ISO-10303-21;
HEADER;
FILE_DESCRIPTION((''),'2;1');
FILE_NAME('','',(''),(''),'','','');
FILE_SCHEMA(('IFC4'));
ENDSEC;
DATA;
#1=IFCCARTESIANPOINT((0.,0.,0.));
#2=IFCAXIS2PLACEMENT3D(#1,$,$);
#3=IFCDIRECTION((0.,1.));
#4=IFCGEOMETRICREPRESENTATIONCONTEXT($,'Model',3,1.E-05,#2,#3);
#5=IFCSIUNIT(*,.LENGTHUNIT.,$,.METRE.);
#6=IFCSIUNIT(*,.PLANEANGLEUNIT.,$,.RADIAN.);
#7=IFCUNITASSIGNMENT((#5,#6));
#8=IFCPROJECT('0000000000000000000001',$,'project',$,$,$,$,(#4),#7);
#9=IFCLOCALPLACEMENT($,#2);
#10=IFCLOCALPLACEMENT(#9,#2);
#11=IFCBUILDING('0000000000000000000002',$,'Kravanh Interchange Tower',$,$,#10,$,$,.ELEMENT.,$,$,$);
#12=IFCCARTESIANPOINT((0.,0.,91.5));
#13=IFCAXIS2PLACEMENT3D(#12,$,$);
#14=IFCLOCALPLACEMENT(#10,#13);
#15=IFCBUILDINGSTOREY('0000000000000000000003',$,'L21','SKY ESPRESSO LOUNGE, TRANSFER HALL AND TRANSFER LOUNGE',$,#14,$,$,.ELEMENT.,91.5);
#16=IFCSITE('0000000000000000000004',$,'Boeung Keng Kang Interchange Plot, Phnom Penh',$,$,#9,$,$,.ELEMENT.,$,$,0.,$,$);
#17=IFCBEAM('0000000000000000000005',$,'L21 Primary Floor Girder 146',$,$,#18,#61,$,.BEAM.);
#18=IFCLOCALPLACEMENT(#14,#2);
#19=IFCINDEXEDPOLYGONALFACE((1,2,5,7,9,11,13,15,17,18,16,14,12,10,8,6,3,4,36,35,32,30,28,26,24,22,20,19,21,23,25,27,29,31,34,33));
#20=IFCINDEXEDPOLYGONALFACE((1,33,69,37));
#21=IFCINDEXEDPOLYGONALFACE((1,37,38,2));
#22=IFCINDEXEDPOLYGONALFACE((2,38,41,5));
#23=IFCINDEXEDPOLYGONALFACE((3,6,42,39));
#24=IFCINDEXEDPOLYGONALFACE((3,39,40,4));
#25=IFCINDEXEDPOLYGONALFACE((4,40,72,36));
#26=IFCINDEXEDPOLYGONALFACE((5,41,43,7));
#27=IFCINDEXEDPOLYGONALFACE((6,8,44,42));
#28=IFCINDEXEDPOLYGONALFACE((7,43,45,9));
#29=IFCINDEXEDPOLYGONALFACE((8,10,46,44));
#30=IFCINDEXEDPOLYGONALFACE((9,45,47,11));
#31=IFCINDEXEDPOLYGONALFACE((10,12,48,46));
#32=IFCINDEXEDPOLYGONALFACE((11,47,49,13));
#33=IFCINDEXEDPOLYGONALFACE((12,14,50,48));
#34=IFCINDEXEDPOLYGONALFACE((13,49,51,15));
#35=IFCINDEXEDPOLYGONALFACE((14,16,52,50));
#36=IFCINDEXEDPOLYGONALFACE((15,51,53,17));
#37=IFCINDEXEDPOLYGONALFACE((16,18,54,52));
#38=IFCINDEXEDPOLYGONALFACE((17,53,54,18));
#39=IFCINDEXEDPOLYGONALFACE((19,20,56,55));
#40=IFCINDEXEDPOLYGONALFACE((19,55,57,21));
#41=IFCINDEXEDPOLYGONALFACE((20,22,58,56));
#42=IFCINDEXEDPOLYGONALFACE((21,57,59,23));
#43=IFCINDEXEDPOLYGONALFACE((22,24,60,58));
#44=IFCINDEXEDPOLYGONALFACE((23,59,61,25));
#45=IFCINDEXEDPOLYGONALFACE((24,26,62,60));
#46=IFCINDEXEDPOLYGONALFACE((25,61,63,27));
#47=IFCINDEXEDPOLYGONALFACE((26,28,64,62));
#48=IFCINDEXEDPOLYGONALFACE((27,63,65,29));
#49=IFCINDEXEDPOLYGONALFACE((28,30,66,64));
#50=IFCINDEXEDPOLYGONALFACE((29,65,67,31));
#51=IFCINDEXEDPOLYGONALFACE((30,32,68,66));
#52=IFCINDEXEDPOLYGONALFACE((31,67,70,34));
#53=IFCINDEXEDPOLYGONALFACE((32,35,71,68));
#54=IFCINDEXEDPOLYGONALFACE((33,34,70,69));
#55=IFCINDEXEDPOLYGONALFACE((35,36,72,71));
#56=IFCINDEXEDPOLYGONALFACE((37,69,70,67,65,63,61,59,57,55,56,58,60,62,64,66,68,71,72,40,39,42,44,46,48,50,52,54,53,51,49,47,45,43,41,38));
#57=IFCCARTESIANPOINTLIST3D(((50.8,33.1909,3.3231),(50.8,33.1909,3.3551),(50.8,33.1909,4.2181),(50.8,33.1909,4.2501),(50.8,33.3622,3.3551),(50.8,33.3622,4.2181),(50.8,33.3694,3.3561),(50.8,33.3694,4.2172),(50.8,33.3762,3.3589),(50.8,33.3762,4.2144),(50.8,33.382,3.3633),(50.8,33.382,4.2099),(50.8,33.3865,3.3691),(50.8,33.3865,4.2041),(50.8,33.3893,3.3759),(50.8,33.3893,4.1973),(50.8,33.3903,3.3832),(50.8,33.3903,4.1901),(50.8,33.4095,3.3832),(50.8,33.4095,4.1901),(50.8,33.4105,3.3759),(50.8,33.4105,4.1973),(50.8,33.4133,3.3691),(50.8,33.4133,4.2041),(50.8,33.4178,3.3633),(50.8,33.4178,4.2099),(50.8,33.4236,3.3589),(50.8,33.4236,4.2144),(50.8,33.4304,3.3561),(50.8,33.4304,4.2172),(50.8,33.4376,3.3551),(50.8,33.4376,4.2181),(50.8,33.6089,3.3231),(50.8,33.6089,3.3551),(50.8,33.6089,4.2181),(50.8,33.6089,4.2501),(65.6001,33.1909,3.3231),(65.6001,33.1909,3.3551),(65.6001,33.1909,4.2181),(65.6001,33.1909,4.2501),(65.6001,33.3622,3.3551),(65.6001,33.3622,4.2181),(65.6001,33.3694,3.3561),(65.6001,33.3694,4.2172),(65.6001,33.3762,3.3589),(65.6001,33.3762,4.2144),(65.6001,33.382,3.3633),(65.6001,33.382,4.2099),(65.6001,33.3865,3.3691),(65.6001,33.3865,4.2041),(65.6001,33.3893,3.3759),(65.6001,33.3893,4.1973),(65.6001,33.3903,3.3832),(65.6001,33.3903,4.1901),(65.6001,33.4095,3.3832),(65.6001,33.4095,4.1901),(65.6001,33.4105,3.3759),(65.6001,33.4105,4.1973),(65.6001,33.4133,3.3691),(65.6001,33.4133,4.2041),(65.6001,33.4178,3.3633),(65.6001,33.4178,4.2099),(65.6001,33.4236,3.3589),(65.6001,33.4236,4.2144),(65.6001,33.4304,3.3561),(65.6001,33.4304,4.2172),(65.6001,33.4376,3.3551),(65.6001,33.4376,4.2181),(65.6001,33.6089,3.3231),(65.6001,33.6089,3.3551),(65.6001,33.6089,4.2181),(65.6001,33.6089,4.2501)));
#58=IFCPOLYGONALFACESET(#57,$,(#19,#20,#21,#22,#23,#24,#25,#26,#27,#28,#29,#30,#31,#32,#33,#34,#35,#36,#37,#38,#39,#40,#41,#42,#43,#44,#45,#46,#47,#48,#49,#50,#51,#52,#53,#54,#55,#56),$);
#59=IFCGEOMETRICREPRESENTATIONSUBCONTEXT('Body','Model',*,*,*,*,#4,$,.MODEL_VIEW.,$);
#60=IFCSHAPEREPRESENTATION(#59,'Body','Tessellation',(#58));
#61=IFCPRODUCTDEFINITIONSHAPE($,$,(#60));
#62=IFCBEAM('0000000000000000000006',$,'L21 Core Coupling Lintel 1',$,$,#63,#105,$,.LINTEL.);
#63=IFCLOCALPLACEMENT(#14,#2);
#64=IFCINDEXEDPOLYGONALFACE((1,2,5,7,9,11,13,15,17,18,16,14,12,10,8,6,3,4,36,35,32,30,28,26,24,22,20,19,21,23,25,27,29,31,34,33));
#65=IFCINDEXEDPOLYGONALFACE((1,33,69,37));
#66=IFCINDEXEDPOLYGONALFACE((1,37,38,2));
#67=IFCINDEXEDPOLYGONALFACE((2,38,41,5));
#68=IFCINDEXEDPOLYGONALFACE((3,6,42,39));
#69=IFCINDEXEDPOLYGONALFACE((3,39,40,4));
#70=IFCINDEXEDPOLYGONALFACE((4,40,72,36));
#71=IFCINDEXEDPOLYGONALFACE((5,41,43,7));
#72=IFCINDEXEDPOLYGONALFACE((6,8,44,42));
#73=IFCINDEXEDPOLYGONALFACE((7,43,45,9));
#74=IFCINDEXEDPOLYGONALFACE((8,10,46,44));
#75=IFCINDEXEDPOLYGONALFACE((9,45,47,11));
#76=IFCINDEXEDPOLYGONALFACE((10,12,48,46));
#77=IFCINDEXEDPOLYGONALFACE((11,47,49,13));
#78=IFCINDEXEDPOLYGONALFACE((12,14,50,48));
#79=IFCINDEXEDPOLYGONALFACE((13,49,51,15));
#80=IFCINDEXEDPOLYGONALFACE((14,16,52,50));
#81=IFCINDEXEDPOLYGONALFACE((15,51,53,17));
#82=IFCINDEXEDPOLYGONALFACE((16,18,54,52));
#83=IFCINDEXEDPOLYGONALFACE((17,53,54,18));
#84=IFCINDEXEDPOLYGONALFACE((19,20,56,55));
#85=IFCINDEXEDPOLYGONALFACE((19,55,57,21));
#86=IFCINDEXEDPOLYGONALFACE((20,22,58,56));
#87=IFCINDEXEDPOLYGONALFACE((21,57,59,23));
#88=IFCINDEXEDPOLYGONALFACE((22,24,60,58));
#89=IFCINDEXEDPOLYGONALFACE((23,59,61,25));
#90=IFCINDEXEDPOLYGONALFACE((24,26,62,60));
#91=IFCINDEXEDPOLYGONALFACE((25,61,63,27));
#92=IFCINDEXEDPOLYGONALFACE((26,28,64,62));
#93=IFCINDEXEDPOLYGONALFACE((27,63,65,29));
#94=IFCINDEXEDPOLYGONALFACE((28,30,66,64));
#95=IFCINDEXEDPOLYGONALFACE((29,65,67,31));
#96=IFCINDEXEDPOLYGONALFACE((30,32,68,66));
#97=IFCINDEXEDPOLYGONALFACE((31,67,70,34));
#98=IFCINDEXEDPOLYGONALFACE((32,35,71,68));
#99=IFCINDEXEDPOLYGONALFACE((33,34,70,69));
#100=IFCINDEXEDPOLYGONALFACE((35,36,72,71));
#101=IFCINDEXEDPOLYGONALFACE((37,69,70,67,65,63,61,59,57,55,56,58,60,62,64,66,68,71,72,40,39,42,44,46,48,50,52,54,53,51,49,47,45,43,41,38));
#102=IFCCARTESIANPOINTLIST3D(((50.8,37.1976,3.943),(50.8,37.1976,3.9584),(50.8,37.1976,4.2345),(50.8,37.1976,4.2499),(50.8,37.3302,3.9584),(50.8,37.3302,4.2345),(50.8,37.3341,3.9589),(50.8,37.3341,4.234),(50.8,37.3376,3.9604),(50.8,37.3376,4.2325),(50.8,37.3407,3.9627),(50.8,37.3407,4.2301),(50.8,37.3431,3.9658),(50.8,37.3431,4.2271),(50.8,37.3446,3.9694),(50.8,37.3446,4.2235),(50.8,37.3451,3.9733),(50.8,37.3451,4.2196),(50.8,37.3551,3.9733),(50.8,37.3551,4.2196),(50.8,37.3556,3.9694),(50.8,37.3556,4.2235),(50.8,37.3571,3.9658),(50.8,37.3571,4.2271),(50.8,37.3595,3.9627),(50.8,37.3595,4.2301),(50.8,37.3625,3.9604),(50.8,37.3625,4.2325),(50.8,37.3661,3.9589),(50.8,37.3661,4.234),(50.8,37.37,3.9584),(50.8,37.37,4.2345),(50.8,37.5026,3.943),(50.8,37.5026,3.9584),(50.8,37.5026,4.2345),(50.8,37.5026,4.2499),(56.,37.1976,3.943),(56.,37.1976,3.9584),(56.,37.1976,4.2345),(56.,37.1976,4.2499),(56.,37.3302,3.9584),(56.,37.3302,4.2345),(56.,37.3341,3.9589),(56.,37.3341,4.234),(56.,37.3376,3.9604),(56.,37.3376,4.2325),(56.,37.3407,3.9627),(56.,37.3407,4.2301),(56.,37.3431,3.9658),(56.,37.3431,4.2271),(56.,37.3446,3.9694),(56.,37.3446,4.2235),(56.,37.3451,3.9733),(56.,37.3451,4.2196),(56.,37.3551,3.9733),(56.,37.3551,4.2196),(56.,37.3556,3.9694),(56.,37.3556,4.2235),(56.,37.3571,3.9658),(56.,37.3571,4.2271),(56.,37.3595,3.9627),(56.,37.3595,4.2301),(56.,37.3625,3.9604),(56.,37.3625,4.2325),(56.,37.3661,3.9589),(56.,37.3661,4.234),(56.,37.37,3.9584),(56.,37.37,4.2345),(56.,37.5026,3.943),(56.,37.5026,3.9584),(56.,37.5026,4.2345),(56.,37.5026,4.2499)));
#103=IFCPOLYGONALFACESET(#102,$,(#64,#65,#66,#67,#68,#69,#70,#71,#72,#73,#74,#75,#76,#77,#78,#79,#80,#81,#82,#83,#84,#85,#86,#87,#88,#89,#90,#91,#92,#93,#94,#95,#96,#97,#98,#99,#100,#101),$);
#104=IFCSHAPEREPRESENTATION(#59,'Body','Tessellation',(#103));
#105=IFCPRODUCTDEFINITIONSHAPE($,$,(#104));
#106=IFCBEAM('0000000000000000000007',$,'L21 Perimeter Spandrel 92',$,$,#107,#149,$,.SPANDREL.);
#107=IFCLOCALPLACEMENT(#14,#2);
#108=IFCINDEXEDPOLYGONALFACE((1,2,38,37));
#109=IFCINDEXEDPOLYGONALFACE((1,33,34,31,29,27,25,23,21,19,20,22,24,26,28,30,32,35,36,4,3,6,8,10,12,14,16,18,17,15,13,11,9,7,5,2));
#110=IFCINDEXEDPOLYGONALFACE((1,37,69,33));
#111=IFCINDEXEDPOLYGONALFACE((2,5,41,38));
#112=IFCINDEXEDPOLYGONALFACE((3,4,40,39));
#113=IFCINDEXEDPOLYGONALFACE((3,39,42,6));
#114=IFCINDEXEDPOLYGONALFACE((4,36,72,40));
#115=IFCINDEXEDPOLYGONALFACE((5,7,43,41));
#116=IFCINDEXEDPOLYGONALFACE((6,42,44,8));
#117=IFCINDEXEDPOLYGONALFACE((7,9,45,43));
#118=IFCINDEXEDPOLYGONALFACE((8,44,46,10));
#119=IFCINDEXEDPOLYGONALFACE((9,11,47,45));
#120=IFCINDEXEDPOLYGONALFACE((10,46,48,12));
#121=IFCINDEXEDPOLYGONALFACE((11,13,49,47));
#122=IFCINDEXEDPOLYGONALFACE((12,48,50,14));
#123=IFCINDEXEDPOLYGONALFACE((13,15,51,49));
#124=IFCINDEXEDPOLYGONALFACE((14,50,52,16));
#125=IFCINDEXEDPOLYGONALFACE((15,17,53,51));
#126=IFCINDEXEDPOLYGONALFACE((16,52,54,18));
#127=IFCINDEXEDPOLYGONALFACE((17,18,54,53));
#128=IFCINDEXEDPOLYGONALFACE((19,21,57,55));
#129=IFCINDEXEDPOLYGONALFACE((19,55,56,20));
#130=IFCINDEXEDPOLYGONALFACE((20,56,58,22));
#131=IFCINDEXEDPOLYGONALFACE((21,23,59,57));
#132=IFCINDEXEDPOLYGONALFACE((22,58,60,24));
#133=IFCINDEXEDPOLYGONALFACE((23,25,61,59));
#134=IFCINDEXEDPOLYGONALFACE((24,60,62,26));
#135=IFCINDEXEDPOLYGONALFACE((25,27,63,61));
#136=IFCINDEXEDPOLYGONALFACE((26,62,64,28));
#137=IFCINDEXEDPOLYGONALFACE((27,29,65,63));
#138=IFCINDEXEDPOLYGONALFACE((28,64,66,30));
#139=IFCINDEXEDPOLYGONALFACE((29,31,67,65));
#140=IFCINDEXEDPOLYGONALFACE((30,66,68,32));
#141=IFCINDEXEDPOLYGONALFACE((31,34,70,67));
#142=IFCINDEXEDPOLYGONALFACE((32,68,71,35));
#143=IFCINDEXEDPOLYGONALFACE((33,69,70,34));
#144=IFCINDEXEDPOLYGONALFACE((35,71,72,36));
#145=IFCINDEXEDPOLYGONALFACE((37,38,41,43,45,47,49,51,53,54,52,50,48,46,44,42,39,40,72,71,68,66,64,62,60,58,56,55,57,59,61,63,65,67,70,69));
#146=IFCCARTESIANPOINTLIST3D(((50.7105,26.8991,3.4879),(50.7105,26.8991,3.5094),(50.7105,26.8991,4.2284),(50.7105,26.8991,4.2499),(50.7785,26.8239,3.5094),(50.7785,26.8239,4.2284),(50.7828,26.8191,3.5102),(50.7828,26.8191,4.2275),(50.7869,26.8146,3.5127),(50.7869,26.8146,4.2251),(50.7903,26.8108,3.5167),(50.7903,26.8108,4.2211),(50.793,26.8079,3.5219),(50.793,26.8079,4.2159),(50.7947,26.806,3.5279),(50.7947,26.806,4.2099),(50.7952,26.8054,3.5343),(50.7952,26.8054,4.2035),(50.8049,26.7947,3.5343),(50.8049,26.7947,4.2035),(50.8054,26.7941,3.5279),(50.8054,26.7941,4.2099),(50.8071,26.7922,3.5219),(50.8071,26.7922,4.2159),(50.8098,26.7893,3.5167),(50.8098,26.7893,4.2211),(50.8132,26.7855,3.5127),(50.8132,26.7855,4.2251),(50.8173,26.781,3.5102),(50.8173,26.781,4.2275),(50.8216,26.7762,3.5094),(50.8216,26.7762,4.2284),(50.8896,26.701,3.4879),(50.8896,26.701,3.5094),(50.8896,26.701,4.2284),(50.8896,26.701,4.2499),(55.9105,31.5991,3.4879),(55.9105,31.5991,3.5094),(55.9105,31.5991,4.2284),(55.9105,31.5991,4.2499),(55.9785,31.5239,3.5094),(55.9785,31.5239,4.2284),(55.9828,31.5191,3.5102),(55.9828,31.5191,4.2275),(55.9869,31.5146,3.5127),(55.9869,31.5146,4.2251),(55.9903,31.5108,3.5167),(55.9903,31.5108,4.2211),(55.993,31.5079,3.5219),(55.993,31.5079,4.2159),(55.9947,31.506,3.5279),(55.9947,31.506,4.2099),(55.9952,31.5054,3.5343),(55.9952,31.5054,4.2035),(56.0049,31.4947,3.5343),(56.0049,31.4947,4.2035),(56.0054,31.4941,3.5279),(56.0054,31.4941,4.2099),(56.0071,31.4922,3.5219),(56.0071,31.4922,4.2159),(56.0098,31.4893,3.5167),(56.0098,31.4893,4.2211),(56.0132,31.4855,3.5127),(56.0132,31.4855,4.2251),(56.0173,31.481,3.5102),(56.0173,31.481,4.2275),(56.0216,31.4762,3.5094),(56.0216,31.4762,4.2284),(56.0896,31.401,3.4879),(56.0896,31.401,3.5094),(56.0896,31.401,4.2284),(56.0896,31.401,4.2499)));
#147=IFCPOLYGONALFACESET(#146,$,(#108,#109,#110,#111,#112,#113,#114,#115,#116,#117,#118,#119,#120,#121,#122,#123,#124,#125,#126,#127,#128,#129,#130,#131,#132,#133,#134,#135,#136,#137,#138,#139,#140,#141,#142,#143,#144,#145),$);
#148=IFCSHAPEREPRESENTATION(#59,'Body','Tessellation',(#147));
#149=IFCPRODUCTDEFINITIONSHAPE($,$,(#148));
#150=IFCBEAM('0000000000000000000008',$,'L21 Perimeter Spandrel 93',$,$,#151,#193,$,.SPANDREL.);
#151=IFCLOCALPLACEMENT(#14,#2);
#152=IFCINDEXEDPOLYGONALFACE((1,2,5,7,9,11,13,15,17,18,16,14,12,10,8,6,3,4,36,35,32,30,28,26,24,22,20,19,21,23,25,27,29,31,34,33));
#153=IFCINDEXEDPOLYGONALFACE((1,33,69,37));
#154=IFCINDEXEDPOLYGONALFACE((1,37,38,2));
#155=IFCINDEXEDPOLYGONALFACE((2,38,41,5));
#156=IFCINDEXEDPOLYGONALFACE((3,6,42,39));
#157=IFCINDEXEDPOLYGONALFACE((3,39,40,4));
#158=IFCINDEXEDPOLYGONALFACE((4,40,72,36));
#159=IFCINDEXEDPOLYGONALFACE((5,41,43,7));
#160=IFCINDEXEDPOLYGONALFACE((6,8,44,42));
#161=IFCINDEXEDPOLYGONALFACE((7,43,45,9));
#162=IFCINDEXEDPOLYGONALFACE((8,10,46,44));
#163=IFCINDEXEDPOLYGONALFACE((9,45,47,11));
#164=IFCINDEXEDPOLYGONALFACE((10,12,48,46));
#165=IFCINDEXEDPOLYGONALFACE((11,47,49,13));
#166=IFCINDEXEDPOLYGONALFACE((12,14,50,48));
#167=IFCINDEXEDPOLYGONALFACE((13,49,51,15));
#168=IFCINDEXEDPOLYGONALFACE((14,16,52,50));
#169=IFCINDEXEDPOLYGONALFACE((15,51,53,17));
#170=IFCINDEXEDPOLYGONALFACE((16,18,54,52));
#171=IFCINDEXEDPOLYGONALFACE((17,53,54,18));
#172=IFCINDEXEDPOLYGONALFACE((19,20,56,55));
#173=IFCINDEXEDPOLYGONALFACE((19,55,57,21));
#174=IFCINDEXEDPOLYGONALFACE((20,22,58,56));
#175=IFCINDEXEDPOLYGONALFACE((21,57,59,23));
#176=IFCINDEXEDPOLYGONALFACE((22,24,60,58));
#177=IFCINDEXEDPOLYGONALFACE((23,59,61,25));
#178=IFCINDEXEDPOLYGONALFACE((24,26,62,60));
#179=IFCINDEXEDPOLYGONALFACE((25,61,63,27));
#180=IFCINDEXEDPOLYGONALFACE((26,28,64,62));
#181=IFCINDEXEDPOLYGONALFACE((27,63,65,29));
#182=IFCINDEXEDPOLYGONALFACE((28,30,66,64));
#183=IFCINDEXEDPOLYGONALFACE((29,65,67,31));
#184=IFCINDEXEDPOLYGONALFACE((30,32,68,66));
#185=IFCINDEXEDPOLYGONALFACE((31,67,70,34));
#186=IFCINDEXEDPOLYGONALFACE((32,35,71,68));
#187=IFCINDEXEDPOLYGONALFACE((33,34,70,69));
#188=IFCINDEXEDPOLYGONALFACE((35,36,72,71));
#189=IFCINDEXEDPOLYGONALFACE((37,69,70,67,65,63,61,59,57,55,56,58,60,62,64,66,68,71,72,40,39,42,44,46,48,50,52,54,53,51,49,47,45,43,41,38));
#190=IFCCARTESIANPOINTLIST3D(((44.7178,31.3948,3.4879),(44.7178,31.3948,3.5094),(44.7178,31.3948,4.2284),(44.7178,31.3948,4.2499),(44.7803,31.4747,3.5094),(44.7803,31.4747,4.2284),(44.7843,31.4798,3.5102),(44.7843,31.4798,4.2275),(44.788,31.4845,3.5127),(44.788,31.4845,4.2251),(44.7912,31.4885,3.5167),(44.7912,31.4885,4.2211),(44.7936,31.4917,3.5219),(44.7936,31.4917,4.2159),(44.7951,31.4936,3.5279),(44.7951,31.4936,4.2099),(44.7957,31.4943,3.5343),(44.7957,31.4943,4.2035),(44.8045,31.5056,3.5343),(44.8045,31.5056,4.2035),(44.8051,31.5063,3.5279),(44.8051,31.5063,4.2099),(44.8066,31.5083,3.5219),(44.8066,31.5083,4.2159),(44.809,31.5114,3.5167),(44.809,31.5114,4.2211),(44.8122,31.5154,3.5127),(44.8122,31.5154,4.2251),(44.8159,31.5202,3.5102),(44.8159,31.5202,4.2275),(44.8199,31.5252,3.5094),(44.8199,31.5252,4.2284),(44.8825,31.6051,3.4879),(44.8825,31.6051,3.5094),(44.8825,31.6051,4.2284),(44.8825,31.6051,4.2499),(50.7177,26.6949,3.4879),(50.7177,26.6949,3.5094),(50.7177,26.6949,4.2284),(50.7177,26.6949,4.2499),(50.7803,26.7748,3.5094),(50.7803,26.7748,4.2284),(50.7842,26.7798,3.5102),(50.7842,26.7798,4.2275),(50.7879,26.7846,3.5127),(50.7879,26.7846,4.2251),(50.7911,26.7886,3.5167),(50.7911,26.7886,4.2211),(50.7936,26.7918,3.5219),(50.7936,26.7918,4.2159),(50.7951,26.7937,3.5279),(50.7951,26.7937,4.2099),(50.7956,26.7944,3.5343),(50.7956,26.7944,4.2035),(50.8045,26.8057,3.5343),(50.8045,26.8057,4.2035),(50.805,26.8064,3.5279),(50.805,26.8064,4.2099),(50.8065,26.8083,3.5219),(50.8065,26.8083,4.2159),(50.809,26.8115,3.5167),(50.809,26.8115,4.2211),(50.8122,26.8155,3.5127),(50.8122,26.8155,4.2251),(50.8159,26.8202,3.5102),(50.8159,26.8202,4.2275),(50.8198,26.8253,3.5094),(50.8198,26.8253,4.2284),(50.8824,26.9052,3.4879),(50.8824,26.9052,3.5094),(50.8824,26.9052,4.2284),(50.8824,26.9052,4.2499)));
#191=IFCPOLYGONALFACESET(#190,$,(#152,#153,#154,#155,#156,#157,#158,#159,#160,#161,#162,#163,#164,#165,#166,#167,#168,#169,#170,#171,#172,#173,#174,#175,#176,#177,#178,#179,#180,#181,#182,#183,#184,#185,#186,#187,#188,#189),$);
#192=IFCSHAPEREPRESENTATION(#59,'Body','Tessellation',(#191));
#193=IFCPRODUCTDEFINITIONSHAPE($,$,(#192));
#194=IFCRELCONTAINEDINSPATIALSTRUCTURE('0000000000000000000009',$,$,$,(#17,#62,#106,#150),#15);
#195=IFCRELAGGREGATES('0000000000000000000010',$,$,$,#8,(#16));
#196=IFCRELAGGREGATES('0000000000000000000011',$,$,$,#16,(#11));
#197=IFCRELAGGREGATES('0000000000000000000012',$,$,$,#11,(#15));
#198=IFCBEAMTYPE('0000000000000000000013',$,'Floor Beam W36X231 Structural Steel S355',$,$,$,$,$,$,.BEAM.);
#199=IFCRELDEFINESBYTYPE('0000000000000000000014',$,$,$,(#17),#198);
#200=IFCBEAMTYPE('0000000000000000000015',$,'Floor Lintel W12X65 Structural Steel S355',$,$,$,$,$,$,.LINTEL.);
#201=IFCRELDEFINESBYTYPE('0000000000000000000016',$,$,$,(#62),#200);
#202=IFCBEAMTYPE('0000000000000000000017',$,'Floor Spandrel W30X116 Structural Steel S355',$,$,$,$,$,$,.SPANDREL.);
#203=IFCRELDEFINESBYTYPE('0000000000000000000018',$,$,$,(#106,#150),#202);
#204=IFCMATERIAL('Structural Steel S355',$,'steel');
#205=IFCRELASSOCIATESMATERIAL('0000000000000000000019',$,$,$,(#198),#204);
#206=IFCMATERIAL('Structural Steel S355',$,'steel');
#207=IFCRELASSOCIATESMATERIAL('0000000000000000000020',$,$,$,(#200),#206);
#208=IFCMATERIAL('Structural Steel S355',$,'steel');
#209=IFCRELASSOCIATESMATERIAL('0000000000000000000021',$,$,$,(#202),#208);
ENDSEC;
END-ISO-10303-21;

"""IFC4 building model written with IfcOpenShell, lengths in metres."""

from ifc_helpers import new_model, si_unit, direction, frame, origin, origin_2d, place, context, subcontext, project, spatial, i_section, extrude, material, material_profile, profile_set, type_object, element, save


model = new_model("IFC4")

# Units and contexts
model_context = context("Model", 3, precision=1e-05, world=origin(), true_north=direction((0.0, 1.0)))
body_context = subcontext(model_context, "Body", "Model", "MODEL_VIEW")
ifc_project = project(units=[si_unit("LENGTHUNIT", "METRE"), si_unit("PLANEANGLEUNIT", "RADIAN")], contexts=[model_context])

# Site, building, storey
site_placement = place(None, origin())
site = spatial("IfcSite", under=ifc_project, at=site_placement, Name="Boeung Keng Kang Interchange Plot, Phnom Penh", CompositionType="ELEMENT", RefElevation=0.0)
building_placement = place(site_placement, origin())
building = spatial("IfcBuilding", under=site, at=building_placement, Name="Kravanh Interchange Tower", CompositionType="ELEMENT")
storey_placement = place(building_placement, frame((0.0, 0.0, 91.5)))
storey = spatial("IfcBuildingStorey", under=building, at=storey_placement, Name="L21", Description="SKY ESPRESSO LOUNGE, TRANSFER HALL AND TRANSFER LOUNGE", CompositionType="ELEMENT", Elevation=91.5)

# Beams
ifc_material_1 = material(Name="Structural Steel S355", Category="steel")
ifc_material_profile_1 = material_profile(ifc_material_1, i_section(OverallWidth=0.418, OverallDepth=0.927, WebThickness=0.0193, FlangeThickness=0.032, FilletRadius=0.0281, at=origin_2d()), Name="W36X231")
ifc_profile_set_1 = profile_set([ifc_material_profile_1], Name="Structural Steel S355")
beam_type_1 = type_object("IfcBeamType", Name="Floor Beam W36X231 Structural Steel S355", PredefinedType="BEAM", material=ifc_profile_set_1)
beam_1_placement = place(storey_placement, frame((50.8, 33.3999, 3.7866), z_axis=(1.0, 0.0, 0.0), x_axis=(0.0, 1.0, 0.0)))
element("IfcBeam", 1, at=beam_1_placement, inside=storey, type_object=beam_type_1, Name="L21 Primary Floor Girder 146", PredefinedType="BEAM", context=body_context, shape_type="SweptSolid", body=[
    extrude(i_section(OverallWidth=0.418, OverallDepth=0.927, WebThickness=0.0193, FlangeThickness=0.032, FilletRadius=0.0281, at=origin_2d()), origin(), (0.0, 0.0, 1.0), 14.8),
])
ifc_material_2 = material(Name="Structural Steel S355", Category="steel")
ifc_material_profile_2 = material_profile(ifc_material_2, i_section(OverallWidth=0.3049, OverallDepth=0.3069, WebThickness=0.01, FlangeThickness=0.0154, FilletRadius=0.0149, at=origin_2d()), Name="W12X65")
ifc_profile_set_2 = profile_set([ifc_material_profile_2], Name="Structural Steel S355")
beam_type_2 = type_object("IfcBeamType", Name="Floor Lintel W12X65 Structural Steel S355", PredefinedType="LINTEL", material=ifc_profile_set_2)
beam_2_placement = place(storey_placement, frame((50.8, 37.3501, 4.0964), z_axis=(1.0, 0.0, 0.0), x_axis=(0.0, 1.0, 0.0)))
element("IfcBeam", 2, at=beam_2_placement, inside=storey, type_object=beam_type_2, Name="L21 Core Coupling Lintel 1", PredefinedType="LINTEL", context=body_context, shape_type="SweptSolid", body=[
    extrude(i_section(OverallWidth=0.3049, OverallDepth=0.3069, WebThickness=0.01, FlangeThickness=0.0154, FilletRadius=0.0149, at=origin_2d()), origin(), (0.0, 0.0, 1.0), 5.2),
])
ifc_material_3 = material(Name="Structural Steel S355", Category="steel")
ifc_material_profile_3 = material_profile(ifc_material_3, i_section(OverallWidth=0.2671, OverallDepth=0.762, WebThickness=0.0144, FlangeThickness=0.0215, FilletRadius=0.0249, at=origin_2d()), Name="W30X116")
ifc_profile_set_3 = profile_set([ifc_material_profile_3], Name="Structural Steel S355")
beam_type_3 = type_object("IfcBeamType", Name="Floor Spandrel W30X116 Structural Steel S355", PredefinedType="SPANDREL", material=ifc_profile_set_3)
beam_3_placement = place(storey_placement, frame((50.8, 26.8, 3.8689), z_axis=(0.741874, 0.670539, 0.0), x_axis=(-0.670539, 0.741874, 0.0)))
element("IfcBeam", 3, at=beam_3_placement, inside=storey, type_object=beam_type_3, Name="L21 Perimeter Spandrel 92", PredefinedType="SPANDREL", context=body_context, shape_type="SweptSolid", body=[
    extrude(i_section(OverallWidth=0.2671, OverallDepth=0.762, WebThickness=0.0144, FlangeThickness=0.0215, FilletRadius=0.0249, at=origin_2d()), origin(), (0.0, 0.0, 1.0), 7.0093),
])
beam_4_placement = place(storey_placement, frame((50.8, 26.8, 3.8689), z_axis=(-0.787231, 0.616658, 0.0), x_axis=(-0.616658, -0.787231, 0.0)))
element("IfcBeam", 4, at=beam_4_placement, inside=storey, type_object=beam_type_3, Name="L21 Perimeter Spandrel 93", PredefinedType="SPANDREL", context=body_context, shape_type="SweptSolid", body=[
    extrude(i_section(OverallWidth=0.2671, OverallDepth=0.762, WebThickness=0.0144, FlangeThickness=0.0215, FilletRadius=0.0249, at=origin_2d()), origin(), (0.0, 0.0, 1.0), 7.6216),
])

save(model, "model.ifc")
